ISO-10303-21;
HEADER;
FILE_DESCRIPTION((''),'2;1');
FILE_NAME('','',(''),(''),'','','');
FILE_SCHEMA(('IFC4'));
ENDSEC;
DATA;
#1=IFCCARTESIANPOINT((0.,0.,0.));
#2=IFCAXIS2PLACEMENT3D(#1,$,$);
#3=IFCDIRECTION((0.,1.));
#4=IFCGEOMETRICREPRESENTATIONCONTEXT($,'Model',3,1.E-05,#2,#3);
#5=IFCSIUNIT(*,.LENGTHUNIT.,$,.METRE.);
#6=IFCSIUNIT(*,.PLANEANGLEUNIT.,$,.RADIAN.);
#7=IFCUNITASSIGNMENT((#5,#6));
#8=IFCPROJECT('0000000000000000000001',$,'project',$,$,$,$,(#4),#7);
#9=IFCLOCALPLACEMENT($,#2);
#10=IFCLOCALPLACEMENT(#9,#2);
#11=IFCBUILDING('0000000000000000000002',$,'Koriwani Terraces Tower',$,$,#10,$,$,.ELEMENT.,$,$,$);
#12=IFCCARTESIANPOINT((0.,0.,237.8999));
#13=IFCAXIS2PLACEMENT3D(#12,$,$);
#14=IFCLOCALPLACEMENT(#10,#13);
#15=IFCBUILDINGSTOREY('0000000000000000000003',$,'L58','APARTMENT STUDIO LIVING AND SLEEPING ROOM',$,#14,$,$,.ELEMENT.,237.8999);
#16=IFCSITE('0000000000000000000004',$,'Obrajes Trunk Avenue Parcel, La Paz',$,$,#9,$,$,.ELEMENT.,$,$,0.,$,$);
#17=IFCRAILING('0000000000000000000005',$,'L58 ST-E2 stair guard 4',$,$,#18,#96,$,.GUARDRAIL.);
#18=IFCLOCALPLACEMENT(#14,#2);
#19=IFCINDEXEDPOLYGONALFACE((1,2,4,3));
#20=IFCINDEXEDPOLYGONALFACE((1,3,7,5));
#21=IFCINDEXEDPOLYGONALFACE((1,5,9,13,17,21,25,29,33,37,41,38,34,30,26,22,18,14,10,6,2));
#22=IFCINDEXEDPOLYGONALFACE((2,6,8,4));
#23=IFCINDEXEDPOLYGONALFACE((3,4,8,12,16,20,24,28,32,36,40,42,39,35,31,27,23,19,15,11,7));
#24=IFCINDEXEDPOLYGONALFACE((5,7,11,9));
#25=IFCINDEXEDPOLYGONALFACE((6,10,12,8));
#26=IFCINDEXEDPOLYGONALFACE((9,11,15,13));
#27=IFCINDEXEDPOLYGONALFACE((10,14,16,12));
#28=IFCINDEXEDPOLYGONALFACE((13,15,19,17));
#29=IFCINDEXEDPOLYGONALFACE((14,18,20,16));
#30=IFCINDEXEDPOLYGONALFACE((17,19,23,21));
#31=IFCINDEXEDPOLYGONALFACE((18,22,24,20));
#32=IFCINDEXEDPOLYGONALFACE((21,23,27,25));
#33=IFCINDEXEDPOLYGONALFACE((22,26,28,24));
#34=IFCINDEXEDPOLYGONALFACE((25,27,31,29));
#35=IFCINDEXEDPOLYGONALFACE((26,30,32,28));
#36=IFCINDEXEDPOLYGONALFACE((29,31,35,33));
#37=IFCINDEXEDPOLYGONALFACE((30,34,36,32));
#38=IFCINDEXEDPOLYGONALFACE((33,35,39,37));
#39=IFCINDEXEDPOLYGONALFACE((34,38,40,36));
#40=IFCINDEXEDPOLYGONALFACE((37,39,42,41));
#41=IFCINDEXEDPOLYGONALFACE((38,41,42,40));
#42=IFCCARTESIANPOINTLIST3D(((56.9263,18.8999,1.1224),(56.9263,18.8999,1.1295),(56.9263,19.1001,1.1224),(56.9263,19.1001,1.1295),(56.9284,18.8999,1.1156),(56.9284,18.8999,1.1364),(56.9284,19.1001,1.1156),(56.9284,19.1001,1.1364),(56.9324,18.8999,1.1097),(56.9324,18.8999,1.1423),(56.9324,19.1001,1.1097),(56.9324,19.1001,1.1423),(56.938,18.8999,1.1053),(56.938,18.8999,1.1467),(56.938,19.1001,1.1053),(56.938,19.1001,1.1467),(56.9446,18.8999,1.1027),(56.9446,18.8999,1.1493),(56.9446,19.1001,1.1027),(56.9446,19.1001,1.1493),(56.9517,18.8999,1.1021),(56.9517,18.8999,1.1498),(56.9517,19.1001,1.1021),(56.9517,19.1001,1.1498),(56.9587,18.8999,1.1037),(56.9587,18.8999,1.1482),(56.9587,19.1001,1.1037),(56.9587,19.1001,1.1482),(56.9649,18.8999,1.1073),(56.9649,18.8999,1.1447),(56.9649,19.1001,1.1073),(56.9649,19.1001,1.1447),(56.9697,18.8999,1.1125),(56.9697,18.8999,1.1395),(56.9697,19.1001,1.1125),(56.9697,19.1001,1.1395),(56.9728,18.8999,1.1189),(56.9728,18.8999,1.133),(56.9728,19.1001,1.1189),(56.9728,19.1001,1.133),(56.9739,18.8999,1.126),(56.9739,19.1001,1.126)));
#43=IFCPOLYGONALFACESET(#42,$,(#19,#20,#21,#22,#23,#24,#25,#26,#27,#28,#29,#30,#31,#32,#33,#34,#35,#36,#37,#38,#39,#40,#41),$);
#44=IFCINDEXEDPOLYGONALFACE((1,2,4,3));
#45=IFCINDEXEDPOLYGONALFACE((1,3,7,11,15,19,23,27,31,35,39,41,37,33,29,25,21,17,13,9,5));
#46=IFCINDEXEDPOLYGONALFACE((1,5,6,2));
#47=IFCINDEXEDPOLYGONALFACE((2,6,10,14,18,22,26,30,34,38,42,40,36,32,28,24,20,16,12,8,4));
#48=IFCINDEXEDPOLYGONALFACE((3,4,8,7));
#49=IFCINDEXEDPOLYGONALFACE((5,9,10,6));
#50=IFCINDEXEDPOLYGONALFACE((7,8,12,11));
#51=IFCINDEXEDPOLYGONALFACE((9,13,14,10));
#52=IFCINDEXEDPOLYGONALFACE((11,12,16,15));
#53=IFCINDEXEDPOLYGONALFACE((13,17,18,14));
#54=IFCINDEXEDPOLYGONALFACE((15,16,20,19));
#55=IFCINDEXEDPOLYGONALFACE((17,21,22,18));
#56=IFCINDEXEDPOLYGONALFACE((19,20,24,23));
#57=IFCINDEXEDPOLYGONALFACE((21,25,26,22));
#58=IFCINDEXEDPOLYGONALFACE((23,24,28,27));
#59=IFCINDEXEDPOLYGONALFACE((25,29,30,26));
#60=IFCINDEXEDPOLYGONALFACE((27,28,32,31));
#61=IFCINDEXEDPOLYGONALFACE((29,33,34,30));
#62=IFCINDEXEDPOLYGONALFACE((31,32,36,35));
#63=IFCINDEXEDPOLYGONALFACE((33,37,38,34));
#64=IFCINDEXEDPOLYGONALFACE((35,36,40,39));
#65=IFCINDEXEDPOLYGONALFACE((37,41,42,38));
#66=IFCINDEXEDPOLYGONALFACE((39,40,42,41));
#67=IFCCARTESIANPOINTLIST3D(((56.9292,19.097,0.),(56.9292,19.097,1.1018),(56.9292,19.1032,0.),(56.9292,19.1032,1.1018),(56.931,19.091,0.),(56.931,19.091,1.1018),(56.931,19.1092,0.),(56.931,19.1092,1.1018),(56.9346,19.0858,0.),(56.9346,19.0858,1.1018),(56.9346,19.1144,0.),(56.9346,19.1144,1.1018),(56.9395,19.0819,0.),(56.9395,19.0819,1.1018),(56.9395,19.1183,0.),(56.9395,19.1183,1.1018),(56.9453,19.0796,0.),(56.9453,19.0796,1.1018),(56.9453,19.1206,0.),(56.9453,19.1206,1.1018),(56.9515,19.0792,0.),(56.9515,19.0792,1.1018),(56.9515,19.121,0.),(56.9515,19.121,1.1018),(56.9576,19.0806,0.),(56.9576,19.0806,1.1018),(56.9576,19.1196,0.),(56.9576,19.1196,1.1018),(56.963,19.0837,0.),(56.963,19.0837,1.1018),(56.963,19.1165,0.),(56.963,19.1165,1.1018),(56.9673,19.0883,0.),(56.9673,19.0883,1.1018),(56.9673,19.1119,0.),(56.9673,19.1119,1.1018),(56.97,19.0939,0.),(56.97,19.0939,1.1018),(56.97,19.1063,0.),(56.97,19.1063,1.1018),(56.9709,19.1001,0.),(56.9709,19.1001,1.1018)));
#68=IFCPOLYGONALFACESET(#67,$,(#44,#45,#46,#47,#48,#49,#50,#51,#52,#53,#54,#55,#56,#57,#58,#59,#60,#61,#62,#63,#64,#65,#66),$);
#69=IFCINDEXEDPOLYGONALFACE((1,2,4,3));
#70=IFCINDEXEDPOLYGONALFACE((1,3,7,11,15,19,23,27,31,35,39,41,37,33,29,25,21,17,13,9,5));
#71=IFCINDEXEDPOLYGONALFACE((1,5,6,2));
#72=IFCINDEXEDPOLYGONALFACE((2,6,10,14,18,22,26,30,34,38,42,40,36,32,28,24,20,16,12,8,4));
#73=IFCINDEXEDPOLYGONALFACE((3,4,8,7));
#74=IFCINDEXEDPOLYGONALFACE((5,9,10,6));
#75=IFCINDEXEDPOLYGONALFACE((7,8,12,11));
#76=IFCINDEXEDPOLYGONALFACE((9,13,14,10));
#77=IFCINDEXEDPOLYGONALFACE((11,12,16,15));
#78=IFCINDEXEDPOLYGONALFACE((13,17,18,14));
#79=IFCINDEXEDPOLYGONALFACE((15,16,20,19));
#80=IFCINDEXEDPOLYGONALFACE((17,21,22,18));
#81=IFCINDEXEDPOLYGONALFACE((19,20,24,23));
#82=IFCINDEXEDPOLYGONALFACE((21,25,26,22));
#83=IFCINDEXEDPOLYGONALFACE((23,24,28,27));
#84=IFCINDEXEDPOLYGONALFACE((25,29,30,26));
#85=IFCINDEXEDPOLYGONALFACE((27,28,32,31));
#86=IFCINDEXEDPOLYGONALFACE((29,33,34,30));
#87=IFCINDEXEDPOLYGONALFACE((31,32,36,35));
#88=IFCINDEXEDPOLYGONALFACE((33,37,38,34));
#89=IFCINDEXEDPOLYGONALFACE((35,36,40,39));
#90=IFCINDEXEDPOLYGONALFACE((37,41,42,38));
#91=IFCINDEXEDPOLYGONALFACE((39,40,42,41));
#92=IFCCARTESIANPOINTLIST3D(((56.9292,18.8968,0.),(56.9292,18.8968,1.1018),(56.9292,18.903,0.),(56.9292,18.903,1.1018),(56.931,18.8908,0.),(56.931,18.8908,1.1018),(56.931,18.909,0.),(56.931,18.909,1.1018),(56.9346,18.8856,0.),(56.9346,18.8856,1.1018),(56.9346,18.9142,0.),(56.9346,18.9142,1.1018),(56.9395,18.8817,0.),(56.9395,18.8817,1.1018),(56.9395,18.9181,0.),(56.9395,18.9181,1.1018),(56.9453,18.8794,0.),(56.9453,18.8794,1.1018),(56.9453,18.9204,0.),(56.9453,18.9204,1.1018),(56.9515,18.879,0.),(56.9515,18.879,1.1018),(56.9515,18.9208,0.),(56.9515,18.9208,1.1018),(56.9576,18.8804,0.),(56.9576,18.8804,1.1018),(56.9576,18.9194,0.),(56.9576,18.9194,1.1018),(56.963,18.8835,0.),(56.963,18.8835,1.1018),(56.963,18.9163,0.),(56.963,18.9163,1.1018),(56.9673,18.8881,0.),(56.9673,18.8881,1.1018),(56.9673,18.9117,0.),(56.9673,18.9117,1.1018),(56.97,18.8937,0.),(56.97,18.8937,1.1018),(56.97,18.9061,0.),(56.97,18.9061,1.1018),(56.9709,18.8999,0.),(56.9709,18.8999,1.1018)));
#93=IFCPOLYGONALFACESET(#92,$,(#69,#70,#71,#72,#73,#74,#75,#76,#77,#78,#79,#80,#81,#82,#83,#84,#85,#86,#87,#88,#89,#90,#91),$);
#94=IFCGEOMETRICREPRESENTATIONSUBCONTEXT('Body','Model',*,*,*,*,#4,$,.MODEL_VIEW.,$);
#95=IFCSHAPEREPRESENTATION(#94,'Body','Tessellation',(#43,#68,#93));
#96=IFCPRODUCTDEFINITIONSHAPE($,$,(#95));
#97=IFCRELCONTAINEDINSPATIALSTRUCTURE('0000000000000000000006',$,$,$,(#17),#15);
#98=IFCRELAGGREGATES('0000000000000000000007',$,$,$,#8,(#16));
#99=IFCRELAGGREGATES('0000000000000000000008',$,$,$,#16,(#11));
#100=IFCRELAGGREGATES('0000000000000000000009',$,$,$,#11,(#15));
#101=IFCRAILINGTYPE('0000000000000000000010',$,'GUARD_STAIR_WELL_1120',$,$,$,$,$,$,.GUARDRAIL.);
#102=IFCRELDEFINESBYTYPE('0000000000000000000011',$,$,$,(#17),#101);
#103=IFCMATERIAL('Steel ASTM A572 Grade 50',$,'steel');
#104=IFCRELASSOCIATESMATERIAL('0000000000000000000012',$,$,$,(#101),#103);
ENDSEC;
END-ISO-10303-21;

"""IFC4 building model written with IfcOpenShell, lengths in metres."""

from ifc_helpers import new_model, si_unit, direction, frame, origin, origin_2d, place, context, subcontext, project, spatial, circle, extrude, material, type_object, element, save


model = new_model("IFC4")

# Units and contexts
model_context = context("Model", 3, precision=1e-05, world=origin(), true_north=direction((0.0, 1.0)))
body_context = subcontext(model_context, "Body", "Model", "MODEL_VIEW")
ifc_project = project(units=[si_unit("LENGTHUNIT", "METRE"), si_unit("PLANEANGLEUNIT", "RADIAN")], contexts=[model_context])

# Site, building, storey
site_placement = place(None, origin())
site = spatial("IfcSite", under=ifc_project, at=site_placement, Name="Obrajes Trunk Avenue Parcel, La Paz", CompositionType="ELEMENT", RefElevation=0.0)
building_placement = place(site_placement, origin())
building = spatial("IfcBuilding", under=site, at=building_placement, Name="Koriwani Terraces Tower", CompositionType="ELEMENT")
storey_placement = place(building_placement, frame((0.0, 0.0, 237.8999)))
storey = spatial("IfcBuildingStorey", under=building, at=storey_placement, Name="L58", Description="APARTMENT STUDIO LIVING AND SLEEPING ROOM", CompositionType="ELEMENT", Elevation=237.8999)

# Shared definitions
ifc_material_1 = material(Name="Steel ASTM A572 Grade 50", Category="steel")

# Railing
railing_type_1 = type_object("IfcRailingType", Name="GUARD_STAIR_WELL_1120", PredefinedType="GUARDRAIL", material=ifc_material_1)
railing_1_placement = place(storey_placement, frame((56.95, 19.1001, 0.0)))
element("IfcRailing", 1, at=railing_1_placement, inside=storey, type_object=railing_type_1, Name="L58 ST-E2 stair guard 4", PredefinedType="GUARDRAIL", context=body_context, shape_type="SweptSolid", body=[
    extrude(circle(Radius=0.0239, at=origin_2d()), frame((0.0, 0.0, 1.126), z_axis=(0.0, -1.0, 0.0), x_axis=(1.0, 0.0, 0.0)), (0.0, 0.0, 1.0), 0.2002),
    extrude(circle(Radius=0.021, at=origin_2d()), origin(), (0.0, 0.0, 1.0), 1.1018),
    extrude(circle(Radius=0.021, at=origin_2d()), frame((0.0, -0.2002, 0.0)), (0.0, 0.0, 1.0), 1.1018),
])

save(model, "model.ifc")
